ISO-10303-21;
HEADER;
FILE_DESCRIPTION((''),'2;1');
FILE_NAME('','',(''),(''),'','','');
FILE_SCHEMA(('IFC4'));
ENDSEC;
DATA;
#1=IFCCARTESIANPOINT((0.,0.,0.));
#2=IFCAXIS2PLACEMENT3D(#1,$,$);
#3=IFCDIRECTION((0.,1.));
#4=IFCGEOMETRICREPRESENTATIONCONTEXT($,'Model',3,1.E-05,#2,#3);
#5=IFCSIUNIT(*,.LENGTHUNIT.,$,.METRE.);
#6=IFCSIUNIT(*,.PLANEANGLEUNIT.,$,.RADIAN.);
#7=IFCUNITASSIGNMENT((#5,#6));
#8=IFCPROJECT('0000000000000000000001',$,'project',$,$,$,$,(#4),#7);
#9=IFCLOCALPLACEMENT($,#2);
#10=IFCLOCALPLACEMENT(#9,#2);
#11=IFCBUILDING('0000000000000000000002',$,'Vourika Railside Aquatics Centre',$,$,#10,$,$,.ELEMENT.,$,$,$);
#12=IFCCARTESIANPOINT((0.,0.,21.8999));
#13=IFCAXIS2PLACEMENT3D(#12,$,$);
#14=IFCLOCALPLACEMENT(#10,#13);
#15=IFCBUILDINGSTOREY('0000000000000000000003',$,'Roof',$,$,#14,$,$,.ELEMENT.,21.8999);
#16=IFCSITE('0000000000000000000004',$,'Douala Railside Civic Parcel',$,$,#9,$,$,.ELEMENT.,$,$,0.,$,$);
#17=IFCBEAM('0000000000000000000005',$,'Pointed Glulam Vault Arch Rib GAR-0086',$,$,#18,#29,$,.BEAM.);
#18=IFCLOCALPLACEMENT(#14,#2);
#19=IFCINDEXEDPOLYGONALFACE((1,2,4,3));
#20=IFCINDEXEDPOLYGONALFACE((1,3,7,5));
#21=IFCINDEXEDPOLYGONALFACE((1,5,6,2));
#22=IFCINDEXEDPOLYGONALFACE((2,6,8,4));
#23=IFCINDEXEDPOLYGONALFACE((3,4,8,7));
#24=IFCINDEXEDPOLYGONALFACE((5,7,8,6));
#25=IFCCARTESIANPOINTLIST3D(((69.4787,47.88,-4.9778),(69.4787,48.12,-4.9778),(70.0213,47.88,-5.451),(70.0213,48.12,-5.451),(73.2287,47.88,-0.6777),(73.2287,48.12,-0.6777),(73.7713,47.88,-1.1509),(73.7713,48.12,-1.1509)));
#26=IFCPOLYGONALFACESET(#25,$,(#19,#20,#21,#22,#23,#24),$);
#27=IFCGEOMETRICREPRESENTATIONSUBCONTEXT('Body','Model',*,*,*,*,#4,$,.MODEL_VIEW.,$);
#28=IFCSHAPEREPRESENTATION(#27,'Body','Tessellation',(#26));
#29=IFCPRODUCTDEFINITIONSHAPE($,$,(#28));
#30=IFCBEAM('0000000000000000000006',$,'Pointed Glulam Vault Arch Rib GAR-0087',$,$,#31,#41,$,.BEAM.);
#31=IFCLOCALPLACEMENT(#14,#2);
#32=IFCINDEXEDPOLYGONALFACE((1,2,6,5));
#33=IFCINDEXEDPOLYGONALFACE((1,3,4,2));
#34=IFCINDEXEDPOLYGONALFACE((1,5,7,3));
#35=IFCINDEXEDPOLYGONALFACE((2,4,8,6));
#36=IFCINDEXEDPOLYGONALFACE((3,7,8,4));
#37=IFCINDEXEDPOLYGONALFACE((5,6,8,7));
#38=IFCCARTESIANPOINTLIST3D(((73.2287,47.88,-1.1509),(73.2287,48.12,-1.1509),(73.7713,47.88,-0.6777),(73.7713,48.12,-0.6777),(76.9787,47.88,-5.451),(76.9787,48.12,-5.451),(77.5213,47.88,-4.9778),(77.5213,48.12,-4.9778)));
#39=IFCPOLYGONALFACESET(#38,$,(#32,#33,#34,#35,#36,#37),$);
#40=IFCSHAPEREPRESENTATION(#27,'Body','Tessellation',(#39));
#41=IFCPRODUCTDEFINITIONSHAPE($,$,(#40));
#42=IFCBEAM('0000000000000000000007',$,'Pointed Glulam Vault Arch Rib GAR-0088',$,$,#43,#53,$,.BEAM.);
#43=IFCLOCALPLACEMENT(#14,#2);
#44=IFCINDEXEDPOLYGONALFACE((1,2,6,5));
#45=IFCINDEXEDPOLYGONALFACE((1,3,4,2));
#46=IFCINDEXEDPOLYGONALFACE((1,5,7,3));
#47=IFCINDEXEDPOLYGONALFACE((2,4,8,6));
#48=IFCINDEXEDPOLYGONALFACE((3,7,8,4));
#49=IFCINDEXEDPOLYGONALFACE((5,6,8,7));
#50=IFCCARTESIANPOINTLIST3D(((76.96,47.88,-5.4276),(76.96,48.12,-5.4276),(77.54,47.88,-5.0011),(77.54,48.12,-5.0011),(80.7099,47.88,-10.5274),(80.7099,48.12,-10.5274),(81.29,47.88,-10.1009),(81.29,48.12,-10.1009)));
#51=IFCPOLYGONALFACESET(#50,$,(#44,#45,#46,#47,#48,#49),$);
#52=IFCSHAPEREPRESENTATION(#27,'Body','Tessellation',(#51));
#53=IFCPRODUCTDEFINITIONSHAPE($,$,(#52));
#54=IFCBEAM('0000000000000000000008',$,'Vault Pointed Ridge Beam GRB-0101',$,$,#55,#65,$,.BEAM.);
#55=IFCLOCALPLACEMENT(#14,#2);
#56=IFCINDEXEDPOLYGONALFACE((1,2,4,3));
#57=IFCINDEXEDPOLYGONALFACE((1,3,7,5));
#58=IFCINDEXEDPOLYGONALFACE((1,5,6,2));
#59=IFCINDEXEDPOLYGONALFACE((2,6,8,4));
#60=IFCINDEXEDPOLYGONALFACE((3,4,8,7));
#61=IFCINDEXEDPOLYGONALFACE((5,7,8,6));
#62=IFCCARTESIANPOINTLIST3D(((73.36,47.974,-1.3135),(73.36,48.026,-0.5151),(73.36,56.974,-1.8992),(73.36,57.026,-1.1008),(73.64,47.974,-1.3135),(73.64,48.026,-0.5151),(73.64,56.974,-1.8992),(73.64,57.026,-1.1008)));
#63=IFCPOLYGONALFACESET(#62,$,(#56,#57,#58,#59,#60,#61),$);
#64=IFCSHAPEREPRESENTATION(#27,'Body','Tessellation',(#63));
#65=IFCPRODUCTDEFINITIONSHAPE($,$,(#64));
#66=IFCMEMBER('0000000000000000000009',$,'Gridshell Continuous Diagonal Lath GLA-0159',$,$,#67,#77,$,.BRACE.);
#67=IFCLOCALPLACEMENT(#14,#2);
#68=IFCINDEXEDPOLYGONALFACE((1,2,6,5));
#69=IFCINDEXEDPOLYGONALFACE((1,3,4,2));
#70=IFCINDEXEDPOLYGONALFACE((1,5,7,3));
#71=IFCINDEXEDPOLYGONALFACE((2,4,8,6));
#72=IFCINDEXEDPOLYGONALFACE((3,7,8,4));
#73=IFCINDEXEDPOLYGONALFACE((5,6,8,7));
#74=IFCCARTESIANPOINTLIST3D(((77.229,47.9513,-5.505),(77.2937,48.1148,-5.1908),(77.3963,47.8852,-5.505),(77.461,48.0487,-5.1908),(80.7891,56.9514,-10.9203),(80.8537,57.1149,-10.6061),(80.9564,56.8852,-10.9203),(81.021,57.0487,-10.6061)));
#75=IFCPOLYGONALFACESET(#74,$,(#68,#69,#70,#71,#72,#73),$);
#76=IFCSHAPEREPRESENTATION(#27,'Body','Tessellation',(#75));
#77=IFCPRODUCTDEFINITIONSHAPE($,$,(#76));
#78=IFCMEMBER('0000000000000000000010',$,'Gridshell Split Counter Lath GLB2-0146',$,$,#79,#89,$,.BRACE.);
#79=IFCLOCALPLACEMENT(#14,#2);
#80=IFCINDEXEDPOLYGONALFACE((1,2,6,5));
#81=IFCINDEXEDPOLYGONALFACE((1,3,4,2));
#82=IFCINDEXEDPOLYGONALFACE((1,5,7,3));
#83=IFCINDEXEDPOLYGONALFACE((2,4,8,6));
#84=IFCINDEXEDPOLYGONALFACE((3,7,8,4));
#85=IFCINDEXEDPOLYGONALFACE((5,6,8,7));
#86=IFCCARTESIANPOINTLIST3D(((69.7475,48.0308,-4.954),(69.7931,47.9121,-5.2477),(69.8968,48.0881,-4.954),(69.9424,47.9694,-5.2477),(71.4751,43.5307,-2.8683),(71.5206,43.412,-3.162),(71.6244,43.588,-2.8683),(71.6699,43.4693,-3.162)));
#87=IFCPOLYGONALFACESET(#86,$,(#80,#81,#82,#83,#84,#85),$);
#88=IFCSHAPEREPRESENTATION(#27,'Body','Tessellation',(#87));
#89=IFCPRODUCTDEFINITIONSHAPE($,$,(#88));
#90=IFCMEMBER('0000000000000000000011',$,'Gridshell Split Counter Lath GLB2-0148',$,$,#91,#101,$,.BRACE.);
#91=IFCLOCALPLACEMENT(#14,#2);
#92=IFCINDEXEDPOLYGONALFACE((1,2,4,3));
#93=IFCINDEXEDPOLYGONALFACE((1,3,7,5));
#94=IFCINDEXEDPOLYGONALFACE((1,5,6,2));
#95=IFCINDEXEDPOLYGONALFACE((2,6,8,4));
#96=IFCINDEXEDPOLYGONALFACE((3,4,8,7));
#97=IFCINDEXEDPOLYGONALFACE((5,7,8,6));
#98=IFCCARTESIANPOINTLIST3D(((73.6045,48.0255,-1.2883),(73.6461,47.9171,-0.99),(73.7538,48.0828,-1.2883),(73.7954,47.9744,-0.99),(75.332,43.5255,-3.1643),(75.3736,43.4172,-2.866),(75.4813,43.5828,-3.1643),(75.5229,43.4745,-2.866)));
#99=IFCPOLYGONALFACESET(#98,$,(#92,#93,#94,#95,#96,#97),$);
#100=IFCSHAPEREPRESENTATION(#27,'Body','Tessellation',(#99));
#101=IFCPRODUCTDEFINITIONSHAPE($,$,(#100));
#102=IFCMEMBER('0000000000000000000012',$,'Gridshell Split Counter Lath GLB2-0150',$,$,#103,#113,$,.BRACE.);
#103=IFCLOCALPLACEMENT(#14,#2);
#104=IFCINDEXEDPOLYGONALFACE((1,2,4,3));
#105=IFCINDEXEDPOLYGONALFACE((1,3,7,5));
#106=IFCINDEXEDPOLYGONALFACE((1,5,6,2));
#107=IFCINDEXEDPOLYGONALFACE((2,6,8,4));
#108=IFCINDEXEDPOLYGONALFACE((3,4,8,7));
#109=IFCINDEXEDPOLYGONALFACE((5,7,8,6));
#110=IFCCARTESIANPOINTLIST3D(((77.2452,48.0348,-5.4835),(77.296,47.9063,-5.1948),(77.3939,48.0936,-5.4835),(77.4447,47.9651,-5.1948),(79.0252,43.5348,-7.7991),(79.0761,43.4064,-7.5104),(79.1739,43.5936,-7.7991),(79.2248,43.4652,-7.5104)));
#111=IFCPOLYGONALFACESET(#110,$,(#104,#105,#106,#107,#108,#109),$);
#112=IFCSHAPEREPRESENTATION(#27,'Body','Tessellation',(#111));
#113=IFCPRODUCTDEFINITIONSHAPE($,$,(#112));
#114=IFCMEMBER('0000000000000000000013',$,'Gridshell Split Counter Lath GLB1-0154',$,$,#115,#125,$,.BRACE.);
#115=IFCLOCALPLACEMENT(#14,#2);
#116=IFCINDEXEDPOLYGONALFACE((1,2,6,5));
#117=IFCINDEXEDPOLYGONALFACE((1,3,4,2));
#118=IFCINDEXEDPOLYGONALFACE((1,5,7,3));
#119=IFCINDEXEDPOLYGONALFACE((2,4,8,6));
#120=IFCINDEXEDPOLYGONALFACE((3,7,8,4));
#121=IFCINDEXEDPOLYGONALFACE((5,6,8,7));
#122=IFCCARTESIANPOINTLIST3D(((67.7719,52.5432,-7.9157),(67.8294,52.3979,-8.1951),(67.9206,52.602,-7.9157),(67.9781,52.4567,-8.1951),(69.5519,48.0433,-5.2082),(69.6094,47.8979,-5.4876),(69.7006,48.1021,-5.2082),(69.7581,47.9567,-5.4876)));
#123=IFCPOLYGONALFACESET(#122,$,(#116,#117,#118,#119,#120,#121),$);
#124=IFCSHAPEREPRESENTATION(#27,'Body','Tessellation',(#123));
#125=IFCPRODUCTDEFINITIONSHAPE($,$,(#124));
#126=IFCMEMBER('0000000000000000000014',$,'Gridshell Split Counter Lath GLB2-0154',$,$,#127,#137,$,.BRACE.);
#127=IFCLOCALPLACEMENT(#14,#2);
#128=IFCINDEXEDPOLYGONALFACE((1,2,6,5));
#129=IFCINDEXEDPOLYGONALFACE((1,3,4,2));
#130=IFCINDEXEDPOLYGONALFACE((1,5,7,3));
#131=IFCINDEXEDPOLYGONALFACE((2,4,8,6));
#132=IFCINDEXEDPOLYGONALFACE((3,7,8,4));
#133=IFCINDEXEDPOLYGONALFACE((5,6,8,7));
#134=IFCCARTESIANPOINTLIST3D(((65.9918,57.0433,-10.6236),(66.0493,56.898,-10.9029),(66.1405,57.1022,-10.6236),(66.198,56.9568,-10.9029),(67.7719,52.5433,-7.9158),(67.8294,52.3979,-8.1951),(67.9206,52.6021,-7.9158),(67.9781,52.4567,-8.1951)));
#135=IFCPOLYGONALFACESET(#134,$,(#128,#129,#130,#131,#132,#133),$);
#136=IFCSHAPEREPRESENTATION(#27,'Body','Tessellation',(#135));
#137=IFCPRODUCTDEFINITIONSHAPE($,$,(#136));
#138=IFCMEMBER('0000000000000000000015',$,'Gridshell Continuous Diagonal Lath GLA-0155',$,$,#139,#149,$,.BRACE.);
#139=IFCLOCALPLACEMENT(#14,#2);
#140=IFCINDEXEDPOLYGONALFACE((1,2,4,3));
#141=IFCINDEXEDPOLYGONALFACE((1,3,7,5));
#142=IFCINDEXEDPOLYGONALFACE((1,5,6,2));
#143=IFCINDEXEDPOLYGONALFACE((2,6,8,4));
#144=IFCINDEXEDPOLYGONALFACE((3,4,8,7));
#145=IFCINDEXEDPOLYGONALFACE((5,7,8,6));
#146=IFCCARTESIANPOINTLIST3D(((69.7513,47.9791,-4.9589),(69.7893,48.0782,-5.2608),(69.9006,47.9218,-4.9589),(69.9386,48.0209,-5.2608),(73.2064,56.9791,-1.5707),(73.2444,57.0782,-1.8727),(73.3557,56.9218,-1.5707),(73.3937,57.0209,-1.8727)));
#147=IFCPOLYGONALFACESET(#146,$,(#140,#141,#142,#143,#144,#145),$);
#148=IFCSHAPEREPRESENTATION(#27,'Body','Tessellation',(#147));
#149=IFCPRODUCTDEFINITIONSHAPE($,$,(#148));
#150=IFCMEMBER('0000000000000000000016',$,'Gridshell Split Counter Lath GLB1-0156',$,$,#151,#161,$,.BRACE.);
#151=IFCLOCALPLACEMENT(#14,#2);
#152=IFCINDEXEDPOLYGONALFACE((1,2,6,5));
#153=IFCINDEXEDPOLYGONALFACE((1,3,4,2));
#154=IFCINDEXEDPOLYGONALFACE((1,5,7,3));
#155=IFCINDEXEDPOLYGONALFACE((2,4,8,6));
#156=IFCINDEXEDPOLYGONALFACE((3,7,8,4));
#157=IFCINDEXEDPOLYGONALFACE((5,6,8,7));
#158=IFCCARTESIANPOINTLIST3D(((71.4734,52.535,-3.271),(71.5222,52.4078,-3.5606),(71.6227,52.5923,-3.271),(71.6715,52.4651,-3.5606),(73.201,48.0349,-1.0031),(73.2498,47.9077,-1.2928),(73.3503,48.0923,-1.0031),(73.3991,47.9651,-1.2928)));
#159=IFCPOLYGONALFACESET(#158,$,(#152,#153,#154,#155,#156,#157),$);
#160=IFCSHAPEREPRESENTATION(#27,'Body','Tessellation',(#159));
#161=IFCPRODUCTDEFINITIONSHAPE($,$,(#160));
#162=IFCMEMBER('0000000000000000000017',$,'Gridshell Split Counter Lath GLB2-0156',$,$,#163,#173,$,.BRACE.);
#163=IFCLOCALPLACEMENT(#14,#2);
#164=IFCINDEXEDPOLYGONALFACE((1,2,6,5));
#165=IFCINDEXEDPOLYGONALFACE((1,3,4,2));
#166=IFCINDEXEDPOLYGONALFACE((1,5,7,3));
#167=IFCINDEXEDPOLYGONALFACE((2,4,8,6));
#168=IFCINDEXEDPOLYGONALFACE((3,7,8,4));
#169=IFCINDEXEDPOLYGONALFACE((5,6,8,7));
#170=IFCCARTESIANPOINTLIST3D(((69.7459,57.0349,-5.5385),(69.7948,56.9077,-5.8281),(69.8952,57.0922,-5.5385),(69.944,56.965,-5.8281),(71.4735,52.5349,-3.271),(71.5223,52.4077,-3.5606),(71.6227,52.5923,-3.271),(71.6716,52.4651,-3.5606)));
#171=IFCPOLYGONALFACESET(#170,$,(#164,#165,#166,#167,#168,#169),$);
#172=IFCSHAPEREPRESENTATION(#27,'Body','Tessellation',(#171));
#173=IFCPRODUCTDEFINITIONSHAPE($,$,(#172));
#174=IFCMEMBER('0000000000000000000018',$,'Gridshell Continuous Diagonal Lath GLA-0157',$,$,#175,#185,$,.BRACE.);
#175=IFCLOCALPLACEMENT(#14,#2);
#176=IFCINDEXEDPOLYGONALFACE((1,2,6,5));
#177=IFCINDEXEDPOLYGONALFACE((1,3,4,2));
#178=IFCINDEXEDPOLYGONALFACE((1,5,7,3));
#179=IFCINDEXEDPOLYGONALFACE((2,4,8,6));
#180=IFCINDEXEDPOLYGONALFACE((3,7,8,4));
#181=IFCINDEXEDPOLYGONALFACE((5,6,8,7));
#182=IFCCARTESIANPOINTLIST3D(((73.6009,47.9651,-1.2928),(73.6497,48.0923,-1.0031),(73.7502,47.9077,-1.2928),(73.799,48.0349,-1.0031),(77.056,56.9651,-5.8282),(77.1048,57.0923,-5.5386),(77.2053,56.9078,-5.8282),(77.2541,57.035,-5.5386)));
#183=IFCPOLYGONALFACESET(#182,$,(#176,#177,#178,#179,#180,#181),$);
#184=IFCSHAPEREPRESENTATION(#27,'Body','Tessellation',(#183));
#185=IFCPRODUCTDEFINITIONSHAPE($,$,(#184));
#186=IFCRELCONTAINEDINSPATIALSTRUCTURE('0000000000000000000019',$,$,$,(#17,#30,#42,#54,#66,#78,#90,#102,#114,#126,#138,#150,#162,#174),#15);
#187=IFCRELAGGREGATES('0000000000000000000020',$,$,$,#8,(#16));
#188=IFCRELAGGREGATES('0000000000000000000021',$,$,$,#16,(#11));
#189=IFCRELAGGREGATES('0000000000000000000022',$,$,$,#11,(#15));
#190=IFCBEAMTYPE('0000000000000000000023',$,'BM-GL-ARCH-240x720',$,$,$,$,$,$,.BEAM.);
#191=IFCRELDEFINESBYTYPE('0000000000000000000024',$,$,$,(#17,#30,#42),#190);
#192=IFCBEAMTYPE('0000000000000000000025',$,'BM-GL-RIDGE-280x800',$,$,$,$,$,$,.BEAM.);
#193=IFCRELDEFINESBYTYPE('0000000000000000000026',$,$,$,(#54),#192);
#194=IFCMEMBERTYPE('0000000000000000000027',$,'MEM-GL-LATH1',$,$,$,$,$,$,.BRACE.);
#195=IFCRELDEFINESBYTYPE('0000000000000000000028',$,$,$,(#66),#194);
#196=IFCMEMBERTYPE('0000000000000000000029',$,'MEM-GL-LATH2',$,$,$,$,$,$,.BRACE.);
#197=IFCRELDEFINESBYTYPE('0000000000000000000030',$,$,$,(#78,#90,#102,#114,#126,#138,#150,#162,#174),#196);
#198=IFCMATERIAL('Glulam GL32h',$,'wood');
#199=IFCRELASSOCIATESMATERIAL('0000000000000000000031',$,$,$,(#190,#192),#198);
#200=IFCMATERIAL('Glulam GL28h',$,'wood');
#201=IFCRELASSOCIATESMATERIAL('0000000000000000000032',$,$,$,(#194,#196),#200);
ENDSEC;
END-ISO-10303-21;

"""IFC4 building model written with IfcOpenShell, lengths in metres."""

from ifc_helpers import new_model, si_unit, direction, frame, origin, origin_2d, place, context, subcontext, project, spatial, rectangle, extrude, material, material_profile, profile_set, type_object, element, save


model = new_model("IFC4")

# Units and contexts
model_context = context("Model", 3, precision=1e-05, world=origin(), true_north=direction((0.0, 1.0)))
body_context = subcontext(model_context, "Body", "Model", "MODEL_VIEW")
ifc_project = project(units=[si_unit("LENGTHUNIT", "METRE"), si_unit("PLANEANGLEUNIT", "RADIAN")], contexts=[model_context])

# Site, building, storey
site_placement = place(None, origin())
site = spatial("IfcSite", under=ifc_project, at=site_placement, Name="Douala Railside Civic Parcel", CompositionType="ELEMENT", RefElevation=0.0)
building_placement = place(site_placement, origin())
building = spatial("IfcBuilding", under=site, at=building_placement, Name="Vourika Railside Aquatics Centre", CompositionType="ELEMENT")
storey_placement = place(building_placement, frame((0.0, 0.0, 21.8999)))
storey = spatial("IfcBuildingStorey", under=building, at=storey_placement, Name="Roof", CompositionType="ELEMENT", Elevation=21.8999)

# Beams
ifc_material_1 = material(Name="Glulam GL32h", Category="wood")
ifc_material_profile_1 = material_profile(ifc_material_1, rectangle(XDim=0.24, YDim=0.72, at=origin_2d()), Name="GL32h 240x720")
ifc_profile_set_1 = profile_set([ifc_material_profile_1], Name="Glulam GL32h")
beam_type_1 = type_object("IfcBeamType", Name="BM-GL-ARCH-240x720", PredefinedType="BEAM", material=ifc_profile_set_1)
for number, where, z_axis, x_axis, name in (
    (1, (69.75, 48.0, -5.2144), (0.657259, 0.0, 0.753665), (0.0, 1.0, 0.0), "Pointed Glulam Vault Arch Rib GAR-0086"),
    (2, (73.5, 48.0, -0.9143), (0.657259, 0.0, -0.753665), (0.0, 1.0, 0.0), "Pointed Glulam Vault Arch Rib GAR-0087"),
):
    element("IfcBeam", number, at=place(storey_placement, frame(where, z_axis=z_axis, x_axis=x_axis)), inside=storey, type_object=beam_type_1, Name=name, PredefinedType="BEAM", context=body_context, shape_type="SweptSolid", body=[
        extrude(rectangle(XDim=0.24, YDim=0.72, at=origin_2d()), origin(), (0.0, 0.0, 1.0), 5.7056),
    ])
beam_1_placement = place(storey_placement, frame((77.25, 48.0, -5.2144), z_axis=(0.592401, 0.0, -0.805643), x_axis=(0.0, 1.0, 0.0)))
element("IfcBeam", 3, at=beam_1_placement, inside=storey, type_object=beam_type_1, Name="Pointed Glulam Vault Arch Rib GAR-0088", PredefinedType="BEAM", context=body_context, shape_type="SweptSolid", body=[
    extrude(rectangle(XDim=0.24, YDim=0.72, at=origin_2d()), origin(), (0.0, 0.0, 1.0), 6.3301),
])
ifc_material_profile_2 = material_profile(ifc_material_1, rectangle(XDim=0.28, YDim=0.8, at=origin_2d()), Name="GL32h 280x800")
ifc_profile_set_2 = profile_set([ifc_material_profile_2], Name="Glulam GL32h")
beam_type_2 = type_object("IfcBeamType", Name="BM-GL-RIDGE-280x800", PredefinedType="BEAM", material=ifc_profile_set_2)
beam_2_placement = place(storey_placement, frame((73.5, 48.0, -0.9143), z_axis=(0.0, 0.997889, -0.06494), x_axis=(-1.0, 0.0, 0.0)))
element("IfcBeam", 4, at=beam_2_placement, inside=storey, type_object=beam_type_2, Name="Vault Pointed Ridge Beam GRB-0101", PredefinedType="BEAM", context=body_context, shape_type="SweptSolid", body=[
    extrude(rectangle(XDim=0.28, YDim=0.8, at=origin_2d()), origin(), (0.0, 0.0, 1.0), 9.019),
])

# Members
ifc_material_2 = material(Name="Glulam GL28h", Category="wood")
ifc_material_profile_3 = material_profile(ifc_material_2, rectangle(XDim=0.1799, YDim=0.3601, at=origin_2d()), Name="GL28h 180x360")
ifc_profile_set_3 = profile_set([ifc_material_profile_3], Name="Glulam GL28h")
member_type_1 = type_object("IfcMemberType", Name="MEM-GL-LATH1", PredefinedType="BRACE", material=ifc_profile_set_3)
member_1_placement = place(storey_placement, frame((77.345, 48.0, -5.3479), z_axis=(0.321001, 0.811505, -0.488281), x_axis=(-0.929893, 0.36783, 0.0)))
element("IfcMember", 5, at=member_1_placement, inside=storey, type_object=member_type_1, Name="Gridshell Continuous Diagonal Lath GLA-0159", PredefinedType="BRACE", context=body_context, shape_type="SweptSolid", body=[
    extrude(rectangle(XDim=0.1799, YDim=0.3601, at=origin_2d()), origin(), (0.0, 0.0, 1.0), 11.0906),
])
ifc_material_profile_4 = material_profile(ifc_material_2, rectangle(XDim=0.1599, YDim=0.3201, at=origin_2d()), Name="GL28h 160x320")
ifc_profile_set_4 = profile_set([ifc_material_profile_4], Name="Glulam GL28h")
member_type_2 = type_object("IfcMemberType", Name="MEM-GL-LATH2", PredefinedType="BRACE", material=ifc_profile_set_4)
member_2_placement = place(storey_placement, frame((71.5725, 43.5, -3.0151), z_axis=(-0.328924, 0.856801, -0.397116), x_axis=(-0.93357, -0.358395, 0.0)))
element("IfcMember", 6, at=member_2_placement, inside=storey, type_object=member_type_2, Name="Gridshell Split Counter Lath GLB2-0146", PredefinedType="BRACE", context=body_context, shape_type="SweptSolid", body=[
    extrude(rectangle(XDim=0.1599, YDim=0.3201, at=origin_2d()), origin(), (0.0, 0.0, 1.0), 5.2522),
])
member_3_placement = place(storey_placement, frame((75.4275, 43.5, -3.0151), z_axis=(-0.333992, 0.870003, 0.36269), x_axis=(-0.93357, -0.358395, 0.0)))
element("IfcMember", 7, at=member_3_placement, inside=storey, type_object=member_type_2, Name="Gridshell Split Counter Lath GLB2-0148", PredefinedType="BRACE", context=body_context, shape_type="SweptSolid", body=[
    extrude(rectangle(XDim=0.1599, YDim=0.3201, at=origin_2d()), origin(), (0.0, 0.0, 1.0), 5.1724),
])
member_4_placement = place(storey_placement, frame((79.125, 43.5, -7.6548), z_axis=(-0.331799, 0.838804, 0.431644), x_axis=(-0.929893, -0.36783, 0.0)))
element("IfcMember", 8, at=member_4_placement, inside=storey, type_object=member_type_2, Name="Gridshell Split Counter Lath GLB2-0150", PredefinedType="BRACE", context=body_context, shape_type="SweptSolid", body=[
    extrude(rectangle(XDim=0.1599, YDim=0.3201, at=origin_2d()), origin(), (0.0, 0.0, 1.0), 5.3647),
])
member_5_placement = place(storey_placement, frame((69.655, 48.0, -5.3479), z_axis=(-0.321004, 0.811514, -0.488264), x_axis=(-0.929893, -0.36783, 0.0)))
element("IfcMember", 9, at=member_5_placement, inside=storey, type_object=member_type_2, Name="Gridshell Split Counter Lath GLB1-0154", PredefinedType="BRACE", context=body_context, shape_type="SweptSolid", body=[
    extrude(rectangle(XDim=0.1599, YDim=0.3201, at=origin_2d()), origin(), (0.0, 0.0, 1.0), 5.5452),
])
member_6_placement = place(storey_placement, frame((67.875, 52.5, -8.0554), z_axis=(-0.320997, 0.811496, -0.488298), x_axis=(-0.929893, -0.36783, 0.0)))
element("IfcMember", 10, at=member_6_placement, inside=storey, type_object=member_type_2, Name="Gridshell Split Counter Lath GLB2-0154", PredefinedType="BRACE", context=body_context, shape_type="SweptSolid", body=[
    extrude(rectangle(XDim=0.1599, YDim=0.3201, at=origin_2d()), origin(), (0.0, 0.0, 1.0), 5.5454),
])
member_7_placement = place(storey_placement, frame((69.845, 48.0, -5.1099), z_axis=(0.338121, 0.880757, 0.331574), x_axis=(-0.93357, 0.358395, 0.0)))
element("IfcMember", 11, at=member_7_placement, inside=storey, type_object=member_type_2, Name="Gridshell Continuous Diagonal Lath GLA-0155", PredefinedType="BRACE", context=body_context, shape_type="SweptSolid", body=[
    extrude(rectangle(XDim=0.1599, YDim=0.3201, at=origin_2d()), origin(), (0.0, 0.0, 1.0), 10.2185),
])
member_8_placement = place(storey_placement, frame((73.3, 48.0, -1.1479), z_axis=(-0.324296, 0.844746, -0.425719), x_axis=(-0.93357, -0.358395, 0.0)))
element("IfcMember", 12, at=member_8_placement, inside=storey, type_object=member_type_2, Name="Gridshell Split Counter Lath GLB1-0156", PredefinedType="BRACE", context=body_context, shape_type="SweptSolid", body=[
    extrude(rectangle(XDim=0.1599, YDim=0.3201, at=origin_2d()), origin(), (0.0, 0.0, 1.0), 5.3271),
])
member_9_placement = place(storey_placement, frame((71.5725, 52.5, -3.4158), z_axis=(-0.324302, 0.844762, -0.425681), x_axis=(-0.93357, -0.358395, 0.0)))
element("IfcMember", 13, at=member_9_placement, inside=storey, type_object=member_type_2, Name="Gridshell Split Counter Lath GLB2-0156", PredefinedType="BRACE", context=body_context, shape_type="SweptSolid", body=[
    extrude(rectangle(XDim=0.1599, YDim=0.3201, at=origin_2d()), origin(), (0.0, 0.0, 1.0), 5.3269),
])
member_10_placement = place(storey_placement, frame((73.7, 48.0, -1.1479), z_axis=(0.324299, 0.844754, -0.4257), x_axis=(-0.93357, 0.358395, 0.0)))
element("IfcMember", 14, at=member_10_placement, inside=storey, type_object=member_type_2, Name="Gridshell Continuous Diagonal Lath GLA-0157", PredefinedType="BRACE", context=body_context, shape_type="SweptSolid", body=[
    extrude(rectangle(XDim=0.1599, YDim=0.3201, at=origin_2d()), origin(), (0.0, 0.0, 1.0), 10.6541),
])

save(model, "model.ifc")
